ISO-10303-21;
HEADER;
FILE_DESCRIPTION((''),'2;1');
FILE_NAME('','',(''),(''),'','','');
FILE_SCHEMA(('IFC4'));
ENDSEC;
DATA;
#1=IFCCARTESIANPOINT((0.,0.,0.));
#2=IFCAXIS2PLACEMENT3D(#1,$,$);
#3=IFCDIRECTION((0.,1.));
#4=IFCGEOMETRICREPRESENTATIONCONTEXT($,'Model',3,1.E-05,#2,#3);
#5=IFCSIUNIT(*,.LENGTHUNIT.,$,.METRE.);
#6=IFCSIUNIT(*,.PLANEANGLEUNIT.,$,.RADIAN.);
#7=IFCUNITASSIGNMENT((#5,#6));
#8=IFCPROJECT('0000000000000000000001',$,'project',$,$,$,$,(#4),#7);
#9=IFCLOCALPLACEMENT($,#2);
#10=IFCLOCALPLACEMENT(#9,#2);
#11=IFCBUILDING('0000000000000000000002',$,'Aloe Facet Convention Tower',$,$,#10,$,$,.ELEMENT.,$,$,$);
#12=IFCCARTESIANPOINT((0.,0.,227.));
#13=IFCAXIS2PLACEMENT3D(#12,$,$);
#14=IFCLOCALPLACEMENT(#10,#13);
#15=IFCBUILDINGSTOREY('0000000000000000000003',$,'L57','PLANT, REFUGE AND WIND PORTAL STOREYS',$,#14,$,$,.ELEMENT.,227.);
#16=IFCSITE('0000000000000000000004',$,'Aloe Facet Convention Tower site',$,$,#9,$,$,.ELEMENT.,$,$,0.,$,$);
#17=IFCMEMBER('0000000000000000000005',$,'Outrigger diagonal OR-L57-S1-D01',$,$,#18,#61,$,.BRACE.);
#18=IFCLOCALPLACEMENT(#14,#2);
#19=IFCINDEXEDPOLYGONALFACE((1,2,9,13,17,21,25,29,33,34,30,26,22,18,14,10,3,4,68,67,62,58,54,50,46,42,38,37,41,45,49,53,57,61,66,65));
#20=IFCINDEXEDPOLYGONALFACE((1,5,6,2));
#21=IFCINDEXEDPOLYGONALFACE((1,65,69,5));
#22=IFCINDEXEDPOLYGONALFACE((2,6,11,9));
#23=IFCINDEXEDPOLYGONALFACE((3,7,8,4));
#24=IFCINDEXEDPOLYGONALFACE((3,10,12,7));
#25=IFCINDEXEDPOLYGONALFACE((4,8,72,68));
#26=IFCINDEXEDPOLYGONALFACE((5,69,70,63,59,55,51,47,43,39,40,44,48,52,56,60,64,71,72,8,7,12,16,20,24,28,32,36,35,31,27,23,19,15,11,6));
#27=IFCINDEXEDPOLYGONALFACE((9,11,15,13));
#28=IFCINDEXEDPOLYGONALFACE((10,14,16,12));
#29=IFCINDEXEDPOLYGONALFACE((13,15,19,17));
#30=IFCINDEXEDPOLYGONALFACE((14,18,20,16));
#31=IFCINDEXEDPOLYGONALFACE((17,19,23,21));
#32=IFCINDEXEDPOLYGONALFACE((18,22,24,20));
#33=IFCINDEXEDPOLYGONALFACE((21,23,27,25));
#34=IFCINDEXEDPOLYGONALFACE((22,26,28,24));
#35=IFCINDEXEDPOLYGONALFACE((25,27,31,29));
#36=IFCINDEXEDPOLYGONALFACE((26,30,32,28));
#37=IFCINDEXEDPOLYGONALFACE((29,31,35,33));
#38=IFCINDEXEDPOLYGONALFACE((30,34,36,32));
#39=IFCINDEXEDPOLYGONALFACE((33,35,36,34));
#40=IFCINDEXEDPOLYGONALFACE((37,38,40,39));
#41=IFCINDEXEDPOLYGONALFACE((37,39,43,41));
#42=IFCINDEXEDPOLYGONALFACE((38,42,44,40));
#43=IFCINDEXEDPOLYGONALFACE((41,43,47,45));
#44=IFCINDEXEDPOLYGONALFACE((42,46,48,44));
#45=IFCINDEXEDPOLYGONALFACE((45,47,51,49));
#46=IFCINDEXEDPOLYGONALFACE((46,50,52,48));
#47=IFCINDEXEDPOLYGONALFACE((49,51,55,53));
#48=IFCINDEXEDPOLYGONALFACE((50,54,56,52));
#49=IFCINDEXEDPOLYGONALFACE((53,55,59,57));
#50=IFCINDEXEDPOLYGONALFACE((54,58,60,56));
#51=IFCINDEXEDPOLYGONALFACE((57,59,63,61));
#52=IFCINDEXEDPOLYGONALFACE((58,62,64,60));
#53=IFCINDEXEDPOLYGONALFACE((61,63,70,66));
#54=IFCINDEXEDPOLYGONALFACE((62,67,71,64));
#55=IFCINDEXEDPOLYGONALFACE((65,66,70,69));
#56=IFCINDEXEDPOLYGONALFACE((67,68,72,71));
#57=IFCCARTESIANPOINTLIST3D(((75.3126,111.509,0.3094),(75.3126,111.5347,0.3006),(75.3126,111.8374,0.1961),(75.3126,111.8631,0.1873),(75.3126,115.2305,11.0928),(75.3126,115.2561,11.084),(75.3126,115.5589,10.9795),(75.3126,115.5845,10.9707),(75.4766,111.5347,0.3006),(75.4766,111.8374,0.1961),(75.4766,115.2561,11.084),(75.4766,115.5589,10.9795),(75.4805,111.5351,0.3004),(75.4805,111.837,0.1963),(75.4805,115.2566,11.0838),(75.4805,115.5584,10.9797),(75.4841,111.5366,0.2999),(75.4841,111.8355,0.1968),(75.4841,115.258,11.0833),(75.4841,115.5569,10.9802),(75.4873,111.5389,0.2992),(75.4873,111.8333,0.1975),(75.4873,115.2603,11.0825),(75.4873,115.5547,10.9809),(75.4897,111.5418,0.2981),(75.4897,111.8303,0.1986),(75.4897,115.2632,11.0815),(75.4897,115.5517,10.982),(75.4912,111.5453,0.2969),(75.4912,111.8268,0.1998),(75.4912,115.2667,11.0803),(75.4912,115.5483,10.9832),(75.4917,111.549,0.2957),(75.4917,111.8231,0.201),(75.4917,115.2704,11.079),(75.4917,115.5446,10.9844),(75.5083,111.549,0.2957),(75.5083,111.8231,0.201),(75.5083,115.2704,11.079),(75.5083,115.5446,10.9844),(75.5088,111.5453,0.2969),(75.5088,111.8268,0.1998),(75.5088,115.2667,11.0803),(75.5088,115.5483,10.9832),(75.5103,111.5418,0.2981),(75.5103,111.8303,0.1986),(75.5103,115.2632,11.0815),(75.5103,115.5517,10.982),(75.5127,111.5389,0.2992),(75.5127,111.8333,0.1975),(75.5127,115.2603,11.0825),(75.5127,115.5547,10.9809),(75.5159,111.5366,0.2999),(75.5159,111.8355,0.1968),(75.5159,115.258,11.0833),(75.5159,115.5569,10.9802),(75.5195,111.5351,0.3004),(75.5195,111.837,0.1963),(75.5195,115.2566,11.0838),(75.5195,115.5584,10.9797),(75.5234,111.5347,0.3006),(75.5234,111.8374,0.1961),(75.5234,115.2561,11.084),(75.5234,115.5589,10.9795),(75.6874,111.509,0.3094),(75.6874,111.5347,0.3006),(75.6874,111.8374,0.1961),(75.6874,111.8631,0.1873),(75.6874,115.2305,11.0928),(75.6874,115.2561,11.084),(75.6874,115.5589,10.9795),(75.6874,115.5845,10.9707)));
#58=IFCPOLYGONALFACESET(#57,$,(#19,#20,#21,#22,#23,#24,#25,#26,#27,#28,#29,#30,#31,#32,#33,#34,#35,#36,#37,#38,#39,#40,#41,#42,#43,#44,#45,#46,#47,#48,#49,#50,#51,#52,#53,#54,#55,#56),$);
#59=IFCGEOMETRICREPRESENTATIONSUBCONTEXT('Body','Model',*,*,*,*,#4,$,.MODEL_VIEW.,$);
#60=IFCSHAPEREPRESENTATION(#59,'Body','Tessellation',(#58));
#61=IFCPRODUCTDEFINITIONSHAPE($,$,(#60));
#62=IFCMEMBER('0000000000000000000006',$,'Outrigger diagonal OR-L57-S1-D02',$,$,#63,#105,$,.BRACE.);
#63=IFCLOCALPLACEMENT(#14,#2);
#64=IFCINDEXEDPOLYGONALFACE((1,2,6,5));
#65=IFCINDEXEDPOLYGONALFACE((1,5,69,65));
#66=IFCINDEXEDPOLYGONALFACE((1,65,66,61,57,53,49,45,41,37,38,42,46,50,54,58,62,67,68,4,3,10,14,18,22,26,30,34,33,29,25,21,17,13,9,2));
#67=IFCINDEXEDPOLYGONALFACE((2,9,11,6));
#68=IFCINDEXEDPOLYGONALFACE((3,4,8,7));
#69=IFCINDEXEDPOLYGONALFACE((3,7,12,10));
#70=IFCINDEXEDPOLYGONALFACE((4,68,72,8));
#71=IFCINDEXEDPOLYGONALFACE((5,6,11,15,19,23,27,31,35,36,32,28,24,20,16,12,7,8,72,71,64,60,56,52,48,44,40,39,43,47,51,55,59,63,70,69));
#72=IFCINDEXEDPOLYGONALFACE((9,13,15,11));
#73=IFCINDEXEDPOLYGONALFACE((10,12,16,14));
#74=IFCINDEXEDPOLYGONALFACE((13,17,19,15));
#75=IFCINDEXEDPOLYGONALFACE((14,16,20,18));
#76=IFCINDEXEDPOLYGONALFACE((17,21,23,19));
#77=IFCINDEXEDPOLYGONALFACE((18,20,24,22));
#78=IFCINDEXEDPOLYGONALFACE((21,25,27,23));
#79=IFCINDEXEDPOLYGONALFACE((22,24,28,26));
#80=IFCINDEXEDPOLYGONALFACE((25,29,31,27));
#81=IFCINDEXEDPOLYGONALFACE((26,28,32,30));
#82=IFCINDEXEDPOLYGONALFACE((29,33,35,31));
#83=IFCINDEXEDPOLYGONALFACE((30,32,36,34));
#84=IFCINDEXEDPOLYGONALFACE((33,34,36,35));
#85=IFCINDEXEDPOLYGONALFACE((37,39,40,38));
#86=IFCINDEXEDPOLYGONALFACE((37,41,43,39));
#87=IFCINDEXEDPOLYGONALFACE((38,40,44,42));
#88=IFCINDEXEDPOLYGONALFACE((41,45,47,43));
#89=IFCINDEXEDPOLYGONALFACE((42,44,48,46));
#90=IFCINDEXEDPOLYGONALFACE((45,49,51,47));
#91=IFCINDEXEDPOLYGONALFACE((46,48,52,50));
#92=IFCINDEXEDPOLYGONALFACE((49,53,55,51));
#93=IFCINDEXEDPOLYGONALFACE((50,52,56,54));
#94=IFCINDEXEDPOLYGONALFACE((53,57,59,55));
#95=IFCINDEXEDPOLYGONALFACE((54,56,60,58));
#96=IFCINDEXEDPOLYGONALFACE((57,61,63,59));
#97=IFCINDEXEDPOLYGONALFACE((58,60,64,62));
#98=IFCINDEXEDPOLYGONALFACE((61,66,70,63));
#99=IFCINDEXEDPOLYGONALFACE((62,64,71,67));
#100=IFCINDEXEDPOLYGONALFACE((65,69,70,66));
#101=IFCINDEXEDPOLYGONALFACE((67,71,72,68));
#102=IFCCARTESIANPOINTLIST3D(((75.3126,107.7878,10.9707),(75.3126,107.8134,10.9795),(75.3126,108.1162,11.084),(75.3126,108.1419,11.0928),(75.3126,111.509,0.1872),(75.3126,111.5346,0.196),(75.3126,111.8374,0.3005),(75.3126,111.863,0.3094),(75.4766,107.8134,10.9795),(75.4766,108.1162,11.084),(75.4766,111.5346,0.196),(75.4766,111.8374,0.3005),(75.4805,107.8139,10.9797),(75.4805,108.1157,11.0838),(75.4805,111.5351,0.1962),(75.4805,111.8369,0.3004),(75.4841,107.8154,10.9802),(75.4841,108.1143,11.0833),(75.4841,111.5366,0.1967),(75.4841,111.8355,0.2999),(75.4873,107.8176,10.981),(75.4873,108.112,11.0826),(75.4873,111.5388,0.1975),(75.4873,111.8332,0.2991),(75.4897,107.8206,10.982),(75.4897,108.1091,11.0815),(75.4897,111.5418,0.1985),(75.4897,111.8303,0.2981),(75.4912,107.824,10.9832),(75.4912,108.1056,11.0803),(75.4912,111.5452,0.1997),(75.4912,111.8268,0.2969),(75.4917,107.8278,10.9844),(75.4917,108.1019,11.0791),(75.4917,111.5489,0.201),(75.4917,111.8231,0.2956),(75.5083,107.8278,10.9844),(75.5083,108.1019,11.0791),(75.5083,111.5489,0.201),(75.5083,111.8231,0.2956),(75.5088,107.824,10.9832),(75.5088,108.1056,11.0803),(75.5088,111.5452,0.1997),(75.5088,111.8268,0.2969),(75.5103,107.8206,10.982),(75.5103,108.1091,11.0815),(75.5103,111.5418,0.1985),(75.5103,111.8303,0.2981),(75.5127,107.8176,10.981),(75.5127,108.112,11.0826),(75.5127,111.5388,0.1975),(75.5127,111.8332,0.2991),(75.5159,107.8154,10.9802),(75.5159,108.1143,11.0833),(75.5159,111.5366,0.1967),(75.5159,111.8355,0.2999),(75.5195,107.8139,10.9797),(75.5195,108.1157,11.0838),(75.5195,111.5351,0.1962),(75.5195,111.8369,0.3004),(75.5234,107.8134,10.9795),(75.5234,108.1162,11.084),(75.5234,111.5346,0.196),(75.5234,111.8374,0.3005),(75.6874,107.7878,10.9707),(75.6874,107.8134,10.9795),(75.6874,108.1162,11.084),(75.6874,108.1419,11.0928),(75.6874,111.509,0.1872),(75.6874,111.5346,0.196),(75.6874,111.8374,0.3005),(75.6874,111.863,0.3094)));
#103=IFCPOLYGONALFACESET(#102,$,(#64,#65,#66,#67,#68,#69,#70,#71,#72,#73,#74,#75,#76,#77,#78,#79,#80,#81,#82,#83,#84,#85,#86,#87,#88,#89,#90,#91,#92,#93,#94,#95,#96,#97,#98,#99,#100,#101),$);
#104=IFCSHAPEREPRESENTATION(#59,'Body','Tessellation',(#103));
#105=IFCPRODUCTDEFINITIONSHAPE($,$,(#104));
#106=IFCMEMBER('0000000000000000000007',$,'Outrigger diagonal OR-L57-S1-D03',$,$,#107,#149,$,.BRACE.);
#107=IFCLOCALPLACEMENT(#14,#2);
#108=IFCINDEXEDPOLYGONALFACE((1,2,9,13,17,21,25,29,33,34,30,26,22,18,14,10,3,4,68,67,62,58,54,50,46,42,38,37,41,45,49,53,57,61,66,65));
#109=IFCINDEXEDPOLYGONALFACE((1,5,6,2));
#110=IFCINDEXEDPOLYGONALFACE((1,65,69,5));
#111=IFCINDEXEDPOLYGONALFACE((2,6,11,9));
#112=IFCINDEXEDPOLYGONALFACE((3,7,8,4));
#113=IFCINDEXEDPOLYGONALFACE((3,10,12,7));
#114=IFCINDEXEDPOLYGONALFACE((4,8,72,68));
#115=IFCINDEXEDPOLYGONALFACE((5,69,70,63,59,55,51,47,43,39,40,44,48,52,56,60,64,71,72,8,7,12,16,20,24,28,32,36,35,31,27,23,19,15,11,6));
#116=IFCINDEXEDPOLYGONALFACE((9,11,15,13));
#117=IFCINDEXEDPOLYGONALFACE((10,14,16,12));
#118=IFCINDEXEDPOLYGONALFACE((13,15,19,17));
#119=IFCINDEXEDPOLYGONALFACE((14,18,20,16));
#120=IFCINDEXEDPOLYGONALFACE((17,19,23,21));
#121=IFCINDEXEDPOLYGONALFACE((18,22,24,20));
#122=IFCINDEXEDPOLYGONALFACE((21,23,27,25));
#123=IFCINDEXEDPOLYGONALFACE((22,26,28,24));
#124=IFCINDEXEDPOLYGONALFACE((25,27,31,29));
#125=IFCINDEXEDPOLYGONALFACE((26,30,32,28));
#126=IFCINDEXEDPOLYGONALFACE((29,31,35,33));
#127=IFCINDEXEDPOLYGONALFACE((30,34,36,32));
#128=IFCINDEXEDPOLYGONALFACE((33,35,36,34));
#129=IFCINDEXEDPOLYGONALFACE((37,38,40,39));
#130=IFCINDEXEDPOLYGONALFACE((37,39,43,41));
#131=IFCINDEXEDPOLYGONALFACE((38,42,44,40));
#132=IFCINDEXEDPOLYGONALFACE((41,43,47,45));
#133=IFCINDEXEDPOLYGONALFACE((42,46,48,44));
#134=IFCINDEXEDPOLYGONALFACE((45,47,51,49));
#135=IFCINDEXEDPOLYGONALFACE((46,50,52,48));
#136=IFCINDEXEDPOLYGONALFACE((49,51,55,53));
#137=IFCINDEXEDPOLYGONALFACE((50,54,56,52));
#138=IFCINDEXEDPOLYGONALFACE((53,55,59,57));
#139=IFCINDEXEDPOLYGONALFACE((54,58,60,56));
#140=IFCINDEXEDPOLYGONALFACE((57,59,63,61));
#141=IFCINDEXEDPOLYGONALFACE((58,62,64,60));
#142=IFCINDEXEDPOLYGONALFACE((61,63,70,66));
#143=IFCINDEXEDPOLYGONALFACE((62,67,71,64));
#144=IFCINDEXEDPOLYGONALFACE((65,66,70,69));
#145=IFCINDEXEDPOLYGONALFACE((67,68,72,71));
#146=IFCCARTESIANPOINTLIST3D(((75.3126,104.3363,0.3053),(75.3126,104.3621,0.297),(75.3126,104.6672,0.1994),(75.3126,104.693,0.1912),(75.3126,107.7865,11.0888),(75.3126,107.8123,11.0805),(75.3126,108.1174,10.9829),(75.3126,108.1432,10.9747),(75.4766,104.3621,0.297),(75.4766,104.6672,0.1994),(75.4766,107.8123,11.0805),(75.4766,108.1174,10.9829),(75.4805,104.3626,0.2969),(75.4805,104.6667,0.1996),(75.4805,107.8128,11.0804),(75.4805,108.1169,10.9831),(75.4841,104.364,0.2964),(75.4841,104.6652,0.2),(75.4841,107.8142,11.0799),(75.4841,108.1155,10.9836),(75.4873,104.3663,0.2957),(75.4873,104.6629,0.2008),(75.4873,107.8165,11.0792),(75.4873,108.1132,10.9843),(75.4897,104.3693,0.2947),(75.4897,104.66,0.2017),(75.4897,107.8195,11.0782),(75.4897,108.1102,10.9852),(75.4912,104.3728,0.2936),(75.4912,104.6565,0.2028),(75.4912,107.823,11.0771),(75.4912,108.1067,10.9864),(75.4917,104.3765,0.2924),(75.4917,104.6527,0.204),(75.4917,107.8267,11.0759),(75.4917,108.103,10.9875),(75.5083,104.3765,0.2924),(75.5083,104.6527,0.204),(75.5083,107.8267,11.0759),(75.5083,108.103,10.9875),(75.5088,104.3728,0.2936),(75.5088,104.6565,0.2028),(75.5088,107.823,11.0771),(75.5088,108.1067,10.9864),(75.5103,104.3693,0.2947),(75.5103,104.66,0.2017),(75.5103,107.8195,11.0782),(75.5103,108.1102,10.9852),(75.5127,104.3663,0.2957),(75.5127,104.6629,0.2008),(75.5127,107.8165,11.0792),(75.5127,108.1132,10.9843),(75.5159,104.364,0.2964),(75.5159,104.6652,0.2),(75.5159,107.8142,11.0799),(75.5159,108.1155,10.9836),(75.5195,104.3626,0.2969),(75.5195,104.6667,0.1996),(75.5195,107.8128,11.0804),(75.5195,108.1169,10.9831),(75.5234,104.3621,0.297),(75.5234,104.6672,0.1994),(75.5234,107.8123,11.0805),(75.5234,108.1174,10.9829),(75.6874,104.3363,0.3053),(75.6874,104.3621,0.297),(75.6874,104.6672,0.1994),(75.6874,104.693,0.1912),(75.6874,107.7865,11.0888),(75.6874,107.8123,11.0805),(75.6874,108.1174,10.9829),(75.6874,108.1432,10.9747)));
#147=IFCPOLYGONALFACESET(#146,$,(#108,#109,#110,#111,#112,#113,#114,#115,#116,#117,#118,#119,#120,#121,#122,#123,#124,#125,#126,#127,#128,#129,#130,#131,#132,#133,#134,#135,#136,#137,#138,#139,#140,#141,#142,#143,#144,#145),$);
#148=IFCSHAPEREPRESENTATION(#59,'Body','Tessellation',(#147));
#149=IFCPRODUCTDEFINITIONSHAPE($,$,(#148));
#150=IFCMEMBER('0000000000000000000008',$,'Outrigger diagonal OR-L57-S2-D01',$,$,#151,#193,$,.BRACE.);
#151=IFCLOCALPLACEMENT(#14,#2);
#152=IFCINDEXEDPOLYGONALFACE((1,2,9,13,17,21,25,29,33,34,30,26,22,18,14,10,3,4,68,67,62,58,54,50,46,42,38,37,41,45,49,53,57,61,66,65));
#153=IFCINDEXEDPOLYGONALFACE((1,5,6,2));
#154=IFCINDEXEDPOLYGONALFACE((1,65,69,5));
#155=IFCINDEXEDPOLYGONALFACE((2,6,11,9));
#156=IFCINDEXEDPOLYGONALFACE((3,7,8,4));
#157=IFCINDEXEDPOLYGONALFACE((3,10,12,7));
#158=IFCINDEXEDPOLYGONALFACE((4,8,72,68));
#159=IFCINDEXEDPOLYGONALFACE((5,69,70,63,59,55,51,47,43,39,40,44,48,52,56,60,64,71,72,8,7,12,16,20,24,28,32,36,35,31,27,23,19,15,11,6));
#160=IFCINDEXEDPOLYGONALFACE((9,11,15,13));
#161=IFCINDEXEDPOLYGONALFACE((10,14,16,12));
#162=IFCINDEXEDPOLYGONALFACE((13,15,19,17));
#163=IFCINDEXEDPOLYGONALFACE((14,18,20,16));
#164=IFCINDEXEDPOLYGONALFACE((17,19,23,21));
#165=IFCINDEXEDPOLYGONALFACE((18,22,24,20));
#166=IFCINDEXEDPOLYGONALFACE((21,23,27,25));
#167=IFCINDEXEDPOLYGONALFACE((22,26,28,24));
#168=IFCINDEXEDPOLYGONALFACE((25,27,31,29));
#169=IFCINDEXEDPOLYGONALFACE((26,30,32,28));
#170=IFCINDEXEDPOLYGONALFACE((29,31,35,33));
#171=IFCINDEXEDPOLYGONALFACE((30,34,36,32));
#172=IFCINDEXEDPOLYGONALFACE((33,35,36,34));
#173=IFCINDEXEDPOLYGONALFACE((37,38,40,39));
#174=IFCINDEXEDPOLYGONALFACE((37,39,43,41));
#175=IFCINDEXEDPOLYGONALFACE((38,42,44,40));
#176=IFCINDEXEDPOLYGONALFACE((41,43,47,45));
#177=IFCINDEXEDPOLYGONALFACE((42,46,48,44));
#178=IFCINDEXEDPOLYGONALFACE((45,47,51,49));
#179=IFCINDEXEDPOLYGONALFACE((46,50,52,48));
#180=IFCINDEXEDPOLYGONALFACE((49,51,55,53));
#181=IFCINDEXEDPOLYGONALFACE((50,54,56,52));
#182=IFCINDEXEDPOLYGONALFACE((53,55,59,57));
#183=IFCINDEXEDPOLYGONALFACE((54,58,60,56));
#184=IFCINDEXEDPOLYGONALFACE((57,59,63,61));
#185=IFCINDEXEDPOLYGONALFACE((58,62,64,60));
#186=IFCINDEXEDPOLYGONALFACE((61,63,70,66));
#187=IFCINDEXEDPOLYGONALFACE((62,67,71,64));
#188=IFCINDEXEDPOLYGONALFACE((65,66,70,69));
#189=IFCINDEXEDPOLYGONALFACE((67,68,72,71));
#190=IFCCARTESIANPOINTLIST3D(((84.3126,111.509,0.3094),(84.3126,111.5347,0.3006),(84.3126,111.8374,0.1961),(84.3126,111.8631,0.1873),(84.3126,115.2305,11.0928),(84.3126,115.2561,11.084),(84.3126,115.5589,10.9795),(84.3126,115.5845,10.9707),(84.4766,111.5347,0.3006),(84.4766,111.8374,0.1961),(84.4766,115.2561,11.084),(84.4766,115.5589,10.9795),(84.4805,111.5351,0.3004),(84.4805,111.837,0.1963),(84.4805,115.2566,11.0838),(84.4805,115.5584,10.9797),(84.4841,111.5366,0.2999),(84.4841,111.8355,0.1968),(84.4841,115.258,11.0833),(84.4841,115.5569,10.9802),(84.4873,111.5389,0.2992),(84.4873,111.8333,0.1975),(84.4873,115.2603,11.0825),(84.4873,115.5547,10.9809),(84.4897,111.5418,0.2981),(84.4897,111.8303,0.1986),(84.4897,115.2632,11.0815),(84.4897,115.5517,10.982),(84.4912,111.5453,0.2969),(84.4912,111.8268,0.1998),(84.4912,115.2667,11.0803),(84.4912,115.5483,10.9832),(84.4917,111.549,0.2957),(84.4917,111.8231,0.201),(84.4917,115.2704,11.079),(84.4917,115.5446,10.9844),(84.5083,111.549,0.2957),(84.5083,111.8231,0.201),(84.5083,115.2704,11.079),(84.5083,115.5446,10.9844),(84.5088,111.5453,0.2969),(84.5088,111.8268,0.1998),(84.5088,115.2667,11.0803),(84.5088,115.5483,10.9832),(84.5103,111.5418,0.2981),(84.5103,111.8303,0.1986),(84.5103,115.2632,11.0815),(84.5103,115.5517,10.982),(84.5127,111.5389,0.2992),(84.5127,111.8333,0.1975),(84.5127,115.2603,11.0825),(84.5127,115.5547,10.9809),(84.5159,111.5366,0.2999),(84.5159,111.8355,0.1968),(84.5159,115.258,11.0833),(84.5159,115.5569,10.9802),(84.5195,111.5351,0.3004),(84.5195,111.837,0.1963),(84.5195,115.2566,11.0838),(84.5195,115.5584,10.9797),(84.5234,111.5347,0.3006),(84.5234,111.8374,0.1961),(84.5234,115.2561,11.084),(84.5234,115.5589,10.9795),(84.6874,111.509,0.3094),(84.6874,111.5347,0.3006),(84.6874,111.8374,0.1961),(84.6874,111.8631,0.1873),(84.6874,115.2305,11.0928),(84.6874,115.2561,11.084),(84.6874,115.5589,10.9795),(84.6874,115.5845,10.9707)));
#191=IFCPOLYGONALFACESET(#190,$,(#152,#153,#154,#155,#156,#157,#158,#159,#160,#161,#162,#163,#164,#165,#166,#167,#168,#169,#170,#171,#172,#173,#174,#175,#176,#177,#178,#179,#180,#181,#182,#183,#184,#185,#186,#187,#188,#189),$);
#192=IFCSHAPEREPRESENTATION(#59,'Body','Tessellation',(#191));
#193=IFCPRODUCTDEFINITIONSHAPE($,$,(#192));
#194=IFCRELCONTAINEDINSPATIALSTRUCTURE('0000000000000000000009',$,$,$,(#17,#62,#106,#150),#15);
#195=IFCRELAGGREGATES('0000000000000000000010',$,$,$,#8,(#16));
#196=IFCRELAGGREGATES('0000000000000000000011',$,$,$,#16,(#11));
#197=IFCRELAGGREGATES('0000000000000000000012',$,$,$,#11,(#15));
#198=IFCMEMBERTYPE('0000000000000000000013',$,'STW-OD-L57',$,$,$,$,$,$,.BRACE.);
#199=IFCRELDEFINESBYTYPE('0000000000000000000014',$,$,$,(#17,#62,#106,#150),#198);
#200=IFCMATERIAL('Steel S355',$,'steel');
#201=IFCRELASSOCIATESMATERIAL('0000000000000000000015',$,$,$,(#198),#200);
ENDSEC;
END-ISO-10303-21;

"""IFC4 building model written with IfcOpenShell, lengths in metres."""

from ifc_helpers import new_model, si_unit, direction, frame, origin, origin_2d, place, context, subcontext, project, spatial, i_section, extrude, material, material_profile, profile_set, type_object, element, save


model = new_model("IFC4")

# Units and contexts
model_context = context("Model", 3, precision=1e-05, world=origin(), true_north=direction((0.0, 1.0)))
body_context = subcontext(model_context, "Body", "Model", "MODEL_VIEW")
ifc_project = project(units=[si_unit("LENGTHUNIT", "METRE"), si_unit("PLANEANGLEUNIT", "RADIAN")], contexts=[model_context])

# Site, building, storey
site_placement = place(None, origin())
site = spatial("IfcSite", under=ifc_project, at=site_placement, Name="Aloe Facet Convention Tower site", CompositionType="ELEMENT", RefElevation=0.0)
building_placement = place(site_placement, origin())
building = spatial("IfcBuilding", under=site, at=building_placement, Name="Aloe Facet Convention Tower", CompositionType="ELEMENT")
storey_placement = place(building_placement, frame((0.0, 0.0, 227.0)))
storey = spatial("IfcBuildingStorey", under=building, at=storey_placement, Name="L57", Description="PLANT, REFUGE AND WIND PORTAL STOREYS", CompositionType="ELEMENT", Elevation=227.0)

# Members
ifc_material_1 = material(Name="Steel S355", Category="steel")
ifc_material_profile_1 = material_profile(ifc_material_1, i_section(OverallWidth=0.3748, OverallDepth=0.3745, WebThickness=0.0166, FlangeThickness=0.0271, FilletRadius=0.0151, at=origin_2d()), Name="UC 356x368x202")
ifc_profile_set_1 = profile_set([ifc_material_profile_1], Name="Steel S355")
member_type_1 = type_object("IfcMemberType", Name="STW-OD-L57", PredefinedType="BRACE", material=ifc_profile_set_1)
for number, where, z_axis, x_axis, name in (
    (1, (75.5, 115.4075, 11.0317), (0.0, -0.326226, -0.945292), (1.0, 0.0, 0.0), "Outrigger diagonal OR-L57-S1-D01"),
    (2, (75.5, 111.686, 0.2483), (0.0, -0.326207, 0.945298), (1.0, 0.0, 0.0), "Outrigger diagonal OR-L57-S1-D02"),
):
    element("IfcMember", number, at=place(storey_placement, frame(where, z_axis=z_axis, x_axis=x_axis)), inside=storey, type_object=member_type_1, Name=name, PredefinedType="BRACE", context=body_context, shape_type="SweptSolid", body=[
        extrude(i_section(OverallWidth=0.3748, OverallDepth=0.3745, WebThickness=0.0166, FlangeThickness=0.0271, FilletRadius=0.0151, at=origin_2d()), origin(), (0.0, 0.0, 1.0), 11.4075),
    ])
member_1_placement = place(storey_placement, frame((75.5, 107.9648, 11.0317), z_axis=(0.0, -0.304735, -0.952437), x_axis=(1.0, 0.0, 0.0)))
element("IfcMember", 3, at=member_1_placement, inside=storey, type_object=member_type_1, Name="Outrigger diagonal OR-L57-S1-D03", PredefinedType="BRACE", context=body_context, shape_type="SweptSolid", body=[
    extrude(i_section(OverallWidth=0.3748, OverallDepth=0.3745, WebThickness=0.0166, FlangeThickness=0.0271, FilletRadius=0.0151, at=origin_2d()), origin(), (0.0, 0.0, 1.0), 11.322),
])
for number, where, z_axis, x_axis, name in (
    (4, (84.5, 115.4075, 11.0317), (0.0, -0.326226, -0.945292), (1.0, 0.0, 0.0), "Outrigger diagonal OR-L57-S2-D01"),
):
    element("IfcMember", number, at=place(storey_placement, frame(where, z_axis=z_axis, x_axis=x_axis)), inside=storey, type_object=member_type_1, Name=name, PredefinedType="BRACE", context=body_context, shape_type="SweptSolid", body=[
        extrude(i_section(OverallWidth=0.3748, OverallDepth=0.3745, WebThickness=0.0166, FlangeThickness=0.0271, FilletRadius=0.0151, at=origin_2d()), origin(), (0.0, 0.0, 1.0), 11.4075),
    ])

save(model, "model.ifc")
